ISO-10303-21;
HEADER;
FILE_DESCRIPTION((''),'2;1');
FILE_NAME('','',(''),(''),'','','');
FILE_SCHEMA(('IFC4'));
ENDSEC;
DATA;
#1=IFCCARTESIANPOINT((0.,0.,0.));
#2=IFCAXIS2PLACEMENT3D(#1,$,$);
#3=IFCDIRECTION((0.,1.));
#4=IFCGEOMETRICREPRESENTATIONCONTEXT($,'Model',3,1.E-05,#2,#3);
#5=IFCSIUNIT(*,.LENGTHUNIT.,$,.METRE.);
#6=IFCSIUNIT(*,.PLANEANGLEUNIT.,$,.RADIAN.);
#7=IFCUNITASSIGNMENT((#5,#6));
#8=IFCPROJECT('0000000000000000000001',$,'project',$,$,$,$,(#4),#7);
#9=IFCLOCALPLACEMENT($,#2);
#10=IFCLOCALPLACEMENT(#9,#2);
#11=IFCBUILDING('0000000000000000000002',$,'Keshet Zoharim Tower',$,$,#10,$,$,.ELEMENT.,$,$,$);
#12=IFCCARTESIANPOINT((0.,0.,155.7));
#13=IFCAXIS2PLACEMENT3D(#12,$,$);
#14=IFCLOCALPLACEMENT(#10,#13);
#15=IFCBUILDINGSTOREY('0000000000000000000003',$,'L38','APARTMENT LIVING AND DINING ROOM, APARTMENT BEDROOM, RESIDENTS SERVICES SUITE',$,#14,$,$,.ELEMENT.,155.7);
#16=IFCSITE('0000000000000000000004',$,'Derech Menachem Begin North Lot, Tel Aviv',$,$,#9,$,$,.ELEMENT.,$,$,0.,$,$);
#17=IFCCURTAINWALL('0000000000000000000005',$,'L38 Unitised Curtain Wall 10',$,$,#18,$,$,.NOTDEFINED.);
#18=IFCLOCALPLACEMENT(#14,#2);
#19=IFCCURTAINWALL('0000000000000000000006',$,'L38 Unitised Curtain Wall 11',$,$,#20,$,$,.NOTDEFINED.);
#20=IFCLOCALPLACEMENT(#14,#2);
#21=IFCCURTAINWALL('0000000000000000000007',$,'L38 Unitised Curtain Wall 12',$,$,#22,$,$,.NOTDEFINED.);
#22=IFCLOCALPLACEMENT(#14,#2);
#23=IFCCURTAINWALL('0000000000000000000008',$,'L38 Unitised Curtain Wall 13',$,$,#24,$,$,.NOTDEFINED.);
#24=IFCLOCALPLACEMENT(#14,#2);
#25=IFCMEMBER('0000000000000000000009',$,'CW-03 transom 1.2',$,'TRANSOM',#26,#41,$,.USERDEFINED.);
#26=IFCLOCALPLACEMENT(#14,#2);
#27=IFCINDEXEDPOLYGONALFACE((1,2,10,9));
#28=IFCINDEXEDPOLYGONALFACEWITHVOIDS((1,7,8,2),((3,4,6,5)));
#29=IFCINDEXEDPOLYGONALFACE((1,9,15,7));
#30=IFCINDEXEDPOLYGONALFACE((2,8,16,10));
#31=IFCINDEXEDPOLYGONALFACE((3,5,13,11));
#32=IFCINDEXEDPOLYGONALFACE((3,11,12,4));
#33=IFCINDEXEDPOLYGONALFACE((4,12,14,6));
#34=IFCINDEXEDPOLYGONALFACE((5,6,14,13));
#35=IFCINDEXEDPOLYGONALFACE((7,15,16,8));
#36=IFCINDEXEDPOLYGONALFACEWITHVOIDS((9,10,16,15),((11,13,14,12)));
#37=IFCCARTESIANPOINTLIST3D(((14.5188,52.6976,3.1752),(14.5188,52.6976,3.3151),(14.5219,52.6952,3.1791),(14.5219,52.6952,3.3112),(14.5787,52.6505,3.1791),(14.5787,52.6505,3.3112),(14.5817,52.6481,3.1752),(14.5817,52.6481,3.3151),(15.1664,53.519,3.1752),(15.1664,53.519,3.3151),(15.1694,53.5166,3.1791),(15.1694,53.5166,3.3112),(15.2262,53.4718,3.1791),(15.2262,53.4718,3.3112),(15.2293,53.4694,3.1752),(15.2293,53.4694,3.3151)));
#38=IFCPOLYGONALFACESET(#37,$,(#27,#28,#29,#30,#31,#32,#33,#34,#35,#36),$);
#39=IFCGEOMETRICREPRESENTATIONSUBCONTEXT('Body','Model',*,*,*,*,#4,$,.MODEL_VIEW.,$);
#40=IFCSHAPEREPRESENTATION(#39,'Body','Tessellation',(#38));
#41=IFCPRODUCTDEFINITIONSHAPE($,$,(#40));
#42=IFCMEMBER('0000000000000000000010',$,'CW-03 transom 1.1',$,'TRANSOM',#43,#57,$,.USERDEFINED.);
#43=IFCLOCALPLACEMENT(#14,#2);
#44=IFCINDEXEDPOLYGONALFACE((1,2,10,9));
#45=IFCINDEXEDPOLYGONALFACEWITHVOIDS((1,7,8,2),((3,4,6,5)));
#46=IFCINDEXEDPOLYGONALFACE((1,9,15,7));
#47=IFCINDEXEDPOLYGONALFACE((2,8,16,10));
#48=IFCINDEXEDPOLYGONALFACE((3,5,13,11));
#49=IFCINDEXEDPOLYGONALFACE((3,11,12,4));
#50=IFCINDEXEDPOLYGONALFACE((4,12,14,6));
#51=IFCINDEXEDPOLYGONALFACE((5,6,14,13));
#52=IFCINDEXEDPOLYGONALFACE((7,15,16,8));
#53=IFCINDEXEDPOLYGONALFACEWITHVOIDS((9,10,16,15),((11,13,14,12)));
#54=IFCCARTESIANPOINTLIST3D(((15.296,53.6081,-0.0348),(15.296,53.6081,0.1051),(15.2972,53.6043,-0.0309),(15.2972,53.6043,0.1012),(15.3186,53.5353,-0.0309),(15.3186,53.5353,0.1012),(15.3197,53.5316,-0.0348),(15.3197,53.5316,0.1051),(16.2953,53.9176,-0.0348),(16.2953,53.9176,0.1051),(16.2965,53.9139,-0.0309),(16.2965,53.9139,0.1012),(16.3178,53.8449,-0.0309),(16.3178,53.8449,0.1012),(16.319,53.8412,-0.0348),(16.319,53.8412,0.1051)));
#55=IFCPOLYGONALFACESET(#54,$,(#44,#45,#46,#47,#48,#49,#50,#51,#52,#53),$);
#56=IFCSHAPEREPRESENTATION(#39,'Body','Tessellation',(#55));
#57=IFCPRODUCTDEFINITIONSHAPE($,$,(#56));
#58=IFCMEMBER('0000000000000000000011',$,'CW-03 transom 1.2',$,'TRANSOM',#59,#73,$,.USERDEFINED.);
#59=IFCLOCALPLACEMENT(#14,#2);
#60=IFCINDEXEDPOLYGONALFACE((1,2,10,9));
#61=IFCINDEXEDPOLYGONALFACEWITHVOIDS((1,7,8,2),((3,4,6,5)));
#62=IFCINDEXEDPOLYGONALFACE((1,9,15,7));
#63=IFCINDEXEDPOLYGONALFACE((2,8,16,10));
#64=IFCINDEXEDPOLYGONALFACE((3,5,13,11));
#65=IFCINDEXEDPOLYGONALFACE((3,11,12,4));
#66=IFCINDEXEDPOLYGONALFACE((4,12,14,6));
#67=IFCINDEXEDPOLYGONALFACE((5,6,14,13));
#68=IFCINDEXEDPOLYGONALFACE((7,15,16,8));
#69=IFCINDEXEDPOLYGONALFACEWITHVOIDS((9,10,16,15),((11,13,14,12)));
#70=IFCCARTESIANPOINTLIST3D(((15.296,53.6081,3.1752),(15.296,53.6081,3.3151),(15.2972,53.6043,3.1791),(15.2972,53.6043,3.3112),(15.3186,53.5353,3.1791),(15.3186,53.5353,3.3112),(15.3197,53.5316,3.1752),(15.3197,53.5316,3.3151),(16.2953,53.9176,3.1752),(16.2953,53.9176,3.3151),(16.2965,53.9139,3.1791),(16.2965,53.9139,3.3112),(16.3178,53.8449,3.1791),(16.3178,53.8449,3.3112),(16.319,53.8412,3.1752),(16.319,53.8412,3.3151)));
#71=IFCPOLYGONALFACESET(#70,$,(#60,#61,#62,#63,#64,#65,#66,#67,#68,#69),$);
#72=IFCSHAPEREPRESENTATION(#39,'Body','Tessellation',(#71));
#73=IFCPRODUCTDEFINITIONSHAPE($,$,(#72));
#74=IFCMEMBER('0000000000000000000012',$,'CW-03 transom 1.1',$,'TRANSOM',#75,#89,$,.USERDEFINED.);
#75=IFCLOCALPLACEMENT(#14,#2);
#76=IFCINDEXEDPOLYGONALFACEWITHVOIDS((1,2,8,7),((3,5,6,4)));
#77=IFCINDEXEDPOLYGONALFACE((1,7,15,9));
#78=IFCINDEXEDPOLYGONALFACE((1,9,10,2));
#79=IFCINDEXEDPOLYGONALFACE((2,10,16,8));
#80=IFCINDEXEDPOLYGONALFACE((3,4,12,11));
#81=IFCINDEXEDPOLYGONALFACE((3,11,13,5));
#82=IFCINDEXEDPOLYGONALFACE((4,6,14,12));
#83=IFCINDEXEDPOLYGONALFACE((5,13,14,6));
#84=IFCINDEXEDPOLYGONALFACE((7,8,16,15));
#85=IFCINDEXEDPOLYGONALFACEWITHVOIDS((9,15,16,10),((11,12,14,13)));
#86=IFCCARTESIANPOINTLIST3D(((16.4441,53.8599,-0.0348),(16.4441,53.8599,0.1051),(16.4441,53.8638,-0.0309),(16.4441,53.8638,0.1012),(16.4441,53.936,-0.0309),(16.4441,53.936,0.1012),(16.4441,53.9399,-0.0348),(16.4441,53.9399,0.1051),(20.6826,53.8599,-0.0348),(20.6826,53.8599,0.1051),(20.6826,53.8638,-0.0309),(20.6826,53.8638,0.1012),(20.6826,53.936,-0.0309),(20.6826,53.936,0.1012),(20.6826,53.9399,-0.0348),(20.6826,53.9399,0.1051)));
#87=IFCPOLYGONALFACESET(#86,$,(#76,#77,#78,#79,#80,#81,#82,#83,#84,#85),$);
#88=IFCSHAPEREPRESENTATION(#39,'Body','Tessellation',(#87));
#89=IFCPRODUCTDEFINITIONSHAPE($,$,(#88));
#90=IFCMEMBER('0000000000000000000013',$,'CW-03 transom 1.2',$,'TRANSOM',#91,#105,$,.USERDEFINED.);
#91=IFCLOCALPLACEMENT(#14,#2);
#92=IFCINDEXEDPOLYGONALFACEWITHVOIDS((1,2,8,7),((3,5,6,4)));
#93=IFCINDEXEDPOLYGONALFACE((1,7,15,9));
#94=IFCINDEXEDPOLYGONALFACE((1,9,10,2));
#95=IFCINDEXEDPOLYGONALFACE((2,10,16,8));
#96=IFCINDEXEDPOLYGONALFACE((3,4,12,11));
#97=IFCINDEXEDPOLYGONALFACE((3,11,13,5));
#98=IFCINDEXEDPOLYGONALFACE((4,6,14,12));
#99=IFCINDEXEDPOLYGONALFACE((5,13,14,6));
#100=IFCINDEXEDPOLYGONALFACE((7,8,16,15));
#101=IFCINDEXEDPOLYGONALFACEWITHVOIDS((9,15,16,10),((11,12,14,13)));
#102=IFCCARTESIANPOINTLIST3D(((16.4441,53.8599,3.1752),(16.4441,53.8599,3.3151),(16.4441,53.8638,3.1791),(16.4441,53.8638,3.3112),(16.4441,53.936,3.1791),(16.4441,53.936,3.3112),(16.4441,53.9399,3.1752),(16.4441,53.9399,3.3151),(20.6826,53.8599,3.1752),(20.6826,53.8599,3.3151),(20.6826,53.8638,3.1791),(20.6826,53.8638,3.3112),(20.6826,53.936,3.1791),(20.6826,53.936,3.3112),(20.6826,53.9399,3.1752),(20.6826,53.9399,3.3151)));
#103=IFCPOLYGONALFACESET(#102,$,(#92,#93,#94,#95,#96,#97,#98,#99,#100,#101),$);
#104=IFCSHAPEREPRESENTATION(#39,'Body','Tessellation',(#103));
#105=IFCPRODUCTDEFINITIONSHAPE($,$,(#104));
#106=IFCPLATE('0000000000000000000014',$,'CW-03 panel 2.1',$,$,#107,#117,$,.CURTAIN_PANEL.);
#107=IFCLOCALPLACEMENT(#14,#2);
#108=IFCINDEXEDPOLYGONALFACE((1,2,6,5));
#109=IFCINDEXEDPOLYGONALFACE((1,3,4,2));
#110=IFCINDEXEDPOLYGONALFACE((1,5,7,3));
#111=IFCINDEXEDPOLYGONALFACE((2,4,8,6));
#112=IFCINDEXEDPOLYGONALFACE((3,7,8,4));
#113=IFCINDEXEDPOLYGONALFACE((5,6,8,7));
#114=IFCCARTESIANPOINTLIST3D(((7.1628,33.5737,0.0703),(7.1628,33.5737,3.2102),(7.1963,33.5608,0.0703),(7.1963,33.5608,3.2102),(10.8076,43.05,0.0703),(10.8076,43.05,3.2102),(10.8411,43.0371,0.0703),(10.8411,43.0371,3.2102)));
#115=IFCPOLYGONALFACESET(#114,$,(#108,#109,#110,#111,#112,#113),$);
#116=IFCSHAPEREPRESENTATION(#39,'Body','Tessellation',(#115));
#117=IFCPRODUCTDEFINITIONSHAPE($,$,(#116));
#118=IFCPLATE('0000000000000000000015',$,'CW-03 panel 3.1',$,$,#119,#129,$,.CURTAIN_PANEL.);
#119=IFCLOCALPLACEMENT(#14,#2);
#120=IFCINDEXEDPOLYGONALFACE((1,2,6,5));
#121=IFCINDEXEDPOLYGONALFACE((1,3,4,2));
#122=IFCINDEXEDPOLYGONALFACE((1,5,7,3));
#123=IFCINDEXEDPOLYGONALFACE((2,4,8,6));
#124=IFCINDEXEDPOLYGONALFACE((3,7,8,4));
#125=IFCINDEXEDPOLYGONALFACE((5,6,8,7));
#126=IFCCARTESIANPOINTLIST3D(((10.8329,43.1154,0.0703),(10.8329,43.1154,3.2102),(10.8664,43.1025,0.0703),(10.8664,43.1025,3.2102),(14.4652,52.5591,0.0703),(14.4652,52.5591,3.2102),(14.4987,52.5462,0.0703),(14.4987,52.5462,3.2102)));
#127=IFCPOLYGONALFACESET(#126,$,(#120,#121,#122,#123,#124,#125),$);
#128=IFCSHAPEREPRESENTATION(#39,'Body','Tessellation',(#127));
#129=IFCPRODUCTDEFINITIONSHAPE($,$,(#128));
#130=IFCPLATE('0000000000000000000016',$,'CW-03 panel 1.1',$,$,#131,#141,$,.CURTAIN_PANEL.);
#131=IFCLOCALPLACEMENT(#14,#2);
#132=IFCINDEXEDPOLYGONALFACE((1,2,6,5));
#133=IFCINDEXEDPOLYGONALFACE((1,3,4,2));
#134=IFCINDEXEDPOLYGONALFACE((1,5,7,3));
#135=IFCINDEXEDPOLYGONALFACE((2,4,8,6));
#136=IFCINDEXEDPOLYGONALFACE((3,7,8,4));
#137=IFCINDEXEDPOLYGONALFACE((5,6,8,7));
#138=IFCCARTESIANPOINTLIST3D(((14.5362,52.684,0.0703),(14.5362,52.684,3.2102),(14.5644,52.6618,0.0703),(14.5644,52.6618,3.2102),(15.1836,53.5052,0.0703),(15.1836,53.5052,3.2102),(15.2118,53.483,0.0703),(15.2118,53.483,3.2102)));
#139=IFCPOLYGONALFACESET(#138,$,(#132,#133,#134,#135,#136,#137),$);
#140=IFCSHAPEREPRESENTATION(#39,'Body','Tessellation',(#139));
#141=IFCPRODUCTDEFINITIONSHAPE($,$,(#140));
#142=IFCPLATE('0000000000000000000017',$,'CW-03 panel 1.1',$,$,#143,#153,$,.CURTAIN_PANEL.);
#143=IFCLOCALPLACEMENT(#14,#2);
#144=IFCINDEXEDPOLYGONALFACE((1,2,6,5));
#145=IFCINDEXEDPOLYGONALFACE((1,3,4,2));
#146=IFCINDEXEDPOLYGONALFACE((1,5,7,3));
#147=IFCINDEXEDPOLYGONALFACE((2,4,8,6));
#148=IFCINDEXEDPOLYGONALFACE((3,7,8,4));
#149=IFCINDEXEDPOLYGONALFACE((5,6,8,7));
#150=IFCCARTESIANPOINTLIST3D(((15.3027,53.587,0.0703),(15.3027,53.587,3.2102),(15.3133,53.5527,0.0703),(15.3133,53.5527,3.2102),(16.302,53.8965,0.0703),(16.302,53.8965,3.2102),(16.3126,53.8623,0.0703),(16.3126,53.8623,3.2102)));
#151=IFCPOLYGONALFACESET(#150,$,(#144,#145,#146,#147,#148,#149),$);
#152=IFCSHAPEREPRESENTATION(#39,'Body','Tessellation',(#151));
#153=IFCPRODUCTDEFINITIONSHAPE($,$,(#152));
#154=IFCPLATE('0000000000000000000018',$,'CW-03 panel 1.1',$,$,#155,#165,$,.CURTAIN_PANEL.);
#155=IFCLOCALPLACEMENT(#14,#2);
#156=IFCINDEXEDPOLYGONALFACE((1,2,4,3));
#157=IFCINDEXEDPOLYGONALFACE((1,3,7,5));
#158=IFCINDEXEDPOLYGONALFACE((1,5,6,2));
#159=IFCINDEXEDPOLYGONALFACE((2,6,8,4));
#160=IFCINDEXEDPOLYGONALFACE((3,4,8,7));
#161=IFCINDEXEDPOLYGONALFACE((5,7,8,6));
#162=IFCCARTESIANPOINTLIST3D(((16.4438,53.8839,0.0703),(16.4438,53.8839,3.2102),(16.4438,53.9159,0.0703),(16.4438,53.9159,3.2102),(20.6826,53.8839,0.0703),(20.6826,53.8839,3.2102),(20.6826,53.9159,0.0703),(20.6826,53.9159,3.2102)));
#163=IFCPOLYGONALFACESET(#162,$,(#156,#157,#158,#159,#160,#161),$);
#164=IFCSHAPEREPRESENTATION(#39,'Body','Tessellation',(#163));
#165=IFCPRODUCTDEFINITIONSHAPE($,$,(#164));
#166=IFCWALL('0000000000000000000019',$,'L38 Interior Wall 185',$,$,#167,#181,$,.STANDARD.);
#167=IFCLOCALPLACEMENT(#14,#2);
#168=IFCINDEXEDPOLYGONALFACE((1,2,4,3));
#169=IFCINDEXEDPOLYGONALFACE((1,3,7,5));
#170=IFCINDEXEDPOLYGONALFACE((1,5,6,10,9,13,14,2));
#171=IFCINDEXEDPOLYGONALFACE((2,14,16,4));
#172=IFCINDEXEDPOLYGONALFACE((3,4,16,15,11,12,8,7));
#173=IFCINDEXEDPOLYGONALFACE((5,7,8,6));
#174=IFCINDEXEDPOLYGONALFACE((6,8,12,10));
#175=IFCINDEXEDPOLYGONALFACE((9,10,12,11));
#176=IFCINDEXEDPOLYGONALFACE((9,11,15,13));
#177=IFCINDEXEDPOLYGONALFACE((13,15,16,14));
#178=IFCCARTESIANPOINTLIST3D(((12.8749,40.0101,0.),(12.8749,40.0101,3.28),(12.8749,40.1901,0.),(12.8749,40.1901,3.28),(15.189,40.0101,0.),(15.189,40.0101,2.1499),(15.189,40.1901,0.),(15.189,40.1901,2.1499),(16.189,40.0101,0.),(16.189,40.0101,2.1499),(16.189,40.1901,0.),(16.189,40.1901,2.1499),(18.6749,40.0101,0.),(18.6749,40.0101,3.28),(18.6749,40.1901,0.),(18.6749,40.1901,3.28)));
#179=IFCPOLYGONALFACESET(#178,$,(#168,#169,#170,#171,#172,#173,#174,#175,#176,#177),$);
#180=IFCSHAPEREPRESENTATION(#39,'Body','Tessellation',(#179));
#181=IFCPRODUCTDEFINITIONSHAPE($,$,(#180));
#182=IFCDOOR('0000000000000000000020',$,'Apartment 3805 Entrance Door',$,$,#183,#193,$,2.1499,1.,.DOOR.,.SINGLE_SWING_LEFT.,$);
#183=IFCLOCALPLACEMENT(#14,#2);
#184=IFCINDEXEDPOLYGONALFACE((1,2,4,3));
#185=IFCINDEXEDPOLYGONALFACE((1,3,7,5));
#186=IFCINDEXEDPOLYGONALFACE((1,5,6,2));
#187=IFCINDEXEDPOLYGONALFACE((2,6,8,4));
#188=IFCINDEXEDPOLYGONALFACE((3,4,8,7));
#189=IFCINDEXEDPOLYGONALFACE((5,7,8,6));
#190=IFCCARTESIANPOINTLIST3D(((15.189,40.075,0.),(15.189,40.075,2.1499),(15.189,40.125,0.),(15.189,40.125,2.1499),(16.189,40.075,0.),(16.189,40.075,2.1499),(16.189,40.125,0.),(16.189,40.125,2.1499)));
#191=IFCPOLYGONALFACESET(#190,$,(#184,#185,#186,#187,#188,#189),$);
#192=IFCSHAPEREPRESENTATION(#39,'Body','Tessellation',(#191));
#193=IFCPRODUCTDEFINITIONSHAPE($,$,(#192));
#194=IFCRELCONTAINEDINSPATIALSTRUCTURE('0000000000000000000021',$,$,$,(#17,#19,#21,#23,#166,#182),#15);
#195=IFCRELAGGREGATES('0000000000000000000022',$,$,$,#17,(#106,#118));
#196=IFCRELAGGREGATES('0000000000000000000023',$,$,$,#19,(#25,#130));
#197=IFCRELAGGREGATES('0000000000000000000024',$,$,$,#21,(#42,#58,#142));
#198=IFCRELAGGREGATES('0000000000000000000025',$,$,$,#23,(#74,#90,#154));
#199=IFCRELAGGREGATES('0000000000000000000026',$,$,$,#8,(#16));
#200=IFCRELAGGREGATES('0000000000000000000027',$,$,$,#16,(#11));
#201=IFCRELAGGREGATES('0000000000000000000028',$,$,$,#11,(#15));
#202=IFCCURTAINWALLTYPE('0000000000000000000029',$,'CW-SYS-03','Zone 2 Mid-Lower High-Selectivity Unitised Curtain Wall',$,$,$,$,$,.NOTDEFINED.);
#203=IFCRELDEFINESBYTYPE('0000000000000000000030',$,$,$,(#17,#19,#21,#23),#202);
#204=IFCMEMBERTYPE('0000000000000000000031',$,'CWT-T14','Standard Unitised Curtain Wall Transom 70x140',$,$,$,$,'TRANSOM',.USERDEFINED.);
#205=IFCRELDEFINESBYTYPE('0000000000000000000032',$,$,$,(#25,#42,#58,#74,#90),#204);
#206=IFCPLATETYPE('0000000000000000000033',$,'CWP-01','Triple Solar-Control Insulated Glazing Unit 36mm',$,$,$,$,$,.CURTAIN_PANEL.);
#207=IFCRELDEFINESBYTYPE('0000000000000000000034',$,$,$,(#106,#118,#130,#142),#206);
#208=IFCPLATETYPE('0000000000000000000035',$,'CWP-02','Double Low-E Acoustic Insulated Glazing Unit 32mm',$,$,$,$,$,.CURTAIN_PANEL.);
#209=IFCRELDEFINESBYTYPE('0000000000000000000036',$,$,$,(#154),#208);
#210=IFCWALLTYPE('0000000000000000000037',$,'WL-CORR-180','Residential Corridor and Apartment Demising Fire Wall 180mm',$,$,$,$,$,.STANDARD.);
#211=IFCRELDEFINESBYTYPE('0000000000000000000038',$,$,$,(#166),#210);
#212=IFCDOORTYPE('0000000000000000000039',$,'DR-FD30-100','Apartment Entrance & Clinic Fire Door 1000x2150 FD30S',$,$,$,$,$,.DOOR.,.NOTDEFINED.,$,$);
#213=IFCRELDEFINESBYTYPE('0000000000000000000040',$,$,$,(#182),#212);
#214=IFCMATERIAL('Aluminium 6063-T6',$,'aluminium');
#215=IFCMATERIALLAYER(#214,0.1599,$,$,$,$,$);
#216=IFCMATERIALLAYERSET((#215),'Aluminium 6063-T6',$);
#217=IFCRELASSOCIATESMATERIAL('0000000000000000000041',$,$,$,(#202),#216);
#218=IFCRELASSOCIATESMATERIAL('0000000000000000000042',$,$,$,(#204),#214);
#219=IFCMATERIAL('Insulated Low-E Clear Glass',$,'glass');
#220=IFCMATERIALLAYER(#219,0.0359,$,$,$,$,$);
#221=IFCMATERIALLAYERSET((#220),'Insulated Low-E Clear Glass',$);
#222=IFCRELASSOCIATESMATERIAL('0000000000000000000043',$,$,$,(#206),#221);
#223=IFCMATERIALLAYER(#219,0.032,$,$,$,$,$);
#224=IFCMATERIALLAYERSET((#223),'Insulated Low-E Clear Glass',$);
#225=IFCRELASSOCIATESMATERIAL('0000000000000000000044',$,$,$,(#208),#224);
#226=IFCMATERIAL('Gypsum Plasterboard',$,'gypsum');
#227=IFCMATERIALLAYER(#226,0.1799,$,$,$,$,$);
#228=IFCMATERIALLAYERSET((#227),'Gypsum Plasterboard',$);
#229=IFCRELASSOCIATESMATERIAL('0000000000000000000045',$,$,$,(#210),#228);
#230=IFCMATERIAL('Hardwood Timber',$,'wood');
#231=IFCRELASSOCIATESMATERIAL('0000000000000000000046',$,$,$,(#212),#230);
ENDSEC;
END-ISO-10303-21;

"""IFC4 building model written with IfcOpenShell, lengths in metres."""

from ifc_helpers import new_model, si_unit, direction, frame, frame_2d, origin, origin_2d, place, context, subcontext, project, spatial, rectangle, hollow_rectangle, extrude, material, layer, layer_set, material_profile, profile_set, type_object, element, fill, aggregate, save


model = new_model("IFC4")

# Units and contexts
model_context = context("Model", 3, precision=1e-05, world=origin(), true_north=direction((0.0, 1.0)))
body_context = subcontext(model_context, "Body", "Model", "MODEL_VIEW")
ifc_project = project(units=[si_unit("LENGTHUNIT", "METRE"), si_unit("PLANEANGLEUNIT", "RADIAN")], contexts=[model_context])

# Site, building, storey
site_placement = place(None, origin())
site = spatial("IfcSite", under=ifc_project, at=site_placement, Name="Derech Menachem Begin North Lot, Tel Aviv", CompositionType="ELEMENT", RefElevation=0.0)
building_placement = place(site_placement, origin())
building = spatial("IfcBuilding", under=site, at=building_placement, Name="Keshet Zoharim Tower", CompositionType="ELEMENT")
storey_placement = place(building_placement, frame((0.0, 0.0, 155.7)))
storey = spatial("IfcBuildingStorey", under=building, at=storey_placement, Name="L38", Description="APARTMENT LIVING AND DINING ROOM, APARTMENT BEDROOM, RESIDENTS SERVICES SUITE", CompositionType="ELEMENT", Elevation=155.7)

# Curtain walls
ifc_material_1 = material(Name="Aluminium 6063-T6", Category="aluminium")
ifc_layer_1 = layer(ifc_material_1, 0.1599)
ifc_layer_set_1 = layer_set([ifc_layer_1], Name="Aluminium 6063-T6")
curtain_wall_type = type_object("IfcCurtainWallType", Name="CW-SYS-03", Description="Zone 2 Mid-Lower High-Selectivity Unitised Curtain Wall", PredefinedType="NOTDEFINED", material=ifc_layer_set_1)
curtain_wall_1_placement = place(storey_placement, origin())
curtain_wall_1 = element("IfcCurtainWall", 1, at=curtain_wall_1_placement, inside=storey, type_object=curtain_wall_type, Name="L38 Unitised Curtain Wall 10", PredefinedType="NOTDEFINED")
curtain_wall_2_placement = place(storey_placement, origin())
curtain_wall_2 = element("IfcCurtainWall", 2, at=curtain_wall_2_placement, inside=storey, type_object=curtain_wall_type, Name="L38 Unitised Curtain Wall 11", PredefinedType="NOTDEFINED")
curtain_wall_3_placement = place(storey_placement, origin())
curtain_wall_3 = element("IfcCurtainWall", 3, at=curtain_wall_3_placement, inside=storey, type_object=curtain_wall_type, Name="L38 Unitised Curtain Wall 12", PredefinedType="NOTDEFINED")
curtain_wall_4_placement = place(storey_placement, origin())
curtain_wall_4 = element("IfcCurtainWall", 4, at=curtain_wall_4_placement, inside=storey, type_object=curtain_wall_type, Name="L38 Unitised Curtain Wall 13", PredefinedType="NOTDEFINED")

# Members
ifc_material_profile_1 = material_profile(ifc_material_1, hollow_rectangle(XDim=0.0801, YDim=0.1399, WallThickness=0.0039, at=origin_2d()), Name="TRN-80x140")
ifc_profile_set_1 = profile_set([ifc_material_profile_1], Name="Aluminium 6063-T6")
member_type_1 = type_object("IfcMemberType", Name="CWT-T14", Description="Standard Unitised Curtain Wall Transom 70x140", ElementType="TRANSOM", PredefinedType="USERDEFINED", material=ifc_profile_set_1)
member_1_placement = place(storey_placement, frame((14.5503, 52.6729, 3.2451), z_axis=(0.619099, 0.785313, 0.0), x_axis=(-0.785313, 0.619099, 0.0)))
member_1 = element("IfcMember", 5, at=member_1_placement, type_object=member_type_1, Name="CW-03 transom 1.2", ObjectType="TRANSOM", PredefinedType="USERDEFINED", context=body_context, shape_type="SweptSolid", body=[
    extrude(hollow_rectangle(XDim=0.0801, YDim=0.1399, WallThickness=0.0039, at=origin_2d()), origin(), (0.0, 0.0, 1.0), 1.0459),
])
member_2_placement = place(storey_placement, frame((15.3079, 53.5698, 0.0352), z_axis=(0.955212, 0.295922, 0.0), x_axis=(-0.295922, 0.955212, 0.0)))
member_2 = element("IfcMember", 6, at=member_2_placement, type_object=member_type_1, Name="CW-03 transom 1.1", ObjectType="TRANSOM", PredefinedType="USERDEFINED", context=body_context, shape_type="SweptSolid", body=[
    extrude(hollow_rectangle(XDim=0.0801, YDim=0.1399, WallThickness=0.0039, at=origin_2d()), origin(), (0.0, 0.0, 1.0), 1.0461),
])
member_3_placement = place(storey_placement, frame((15.3079, 53.5698, 3.2451), z_axis=(0.955212, 0.295922, 0.0), x_axis=(-0.295922, 0.955212, 0.0)))
member_3 = element("IfcMember", 7, at=member_3_placement, type_object=member_type_1, Name="CW-03 transom 1.2", ObjectType="TRANSOM", PredefinedType="USERDEFINED", context=body_context, shape_type="SweptSolid", body=[
    extrude(hollow_rectangle(XDim=0.0801, YDim=0.1399, WallThickness=0.0039, at=origin_2d()), origin(), (0.0, 0.0, 1.0), 1.0461),
])
member_4_placement = place(storey_placement, frame((16.4441, 53.8999, 0.0352), z_axis=(1.0, 0.0, 0.0), x_axis=(0.0, 1.0, 0.0)))
member_4 = element("IfcMember", 8, at=member_4_placement, type_object=member_type_1, Name="CW-03 transom 1.1", ObjectType="TRANSOM", PredefinedType="USERDEFINED", context=body_context, shape_type="SweptSolid", body=[
    extrude(hollow_rectangle(XDim=0.0801, YDim=0.1399, WallThickness=0.0039, at=origin_2d()), origin(), (0.0, 0.0, 1.0), 4.2385),
])
member_5_placement = place(storey_placement, frame((16.4441, 53.8999, 3.2451), z_axis=(1.0, 0.0, 0.0), x_axis=(0.0, 1.0, 0.0)))
member_5 = element("IfcMember", 9, at=member_5_placement, type_object=member_type_1, Name="CW-03 transom 1.2", ObjectType="TRANSOM", PredefinedType="USERDEFINED", context=body_context, shape_type="SweptSolid", body=[
    extrude(hollow_rectangle(XDim=0.0801, YDim=0.1399, WallThickness=0.0039, at=origin_2d()), origin(), (0.0, 0.0, 1.0), 4.2385),
])

# Plates
ifc_material_2 = material(Name="Insulated Low-E Clear Glass", Category="glass")
ifc_layer_2 = layer(ifc_material_2, 0.0359)
ifc_layer_set_2 = layer_set([ifc_layer_2], Name="Insulated Low-E Clear Glass")
plate_type_1 = type_object("IfcPlateType", Name="CWP-01", Description="Triple Solar-Control Insulated Glazing Unit 36mm", PredefinedType="CURTAIN_PANEL", material=ifc_layer_set_2)
plate_1_placement = place(storey_placement, frame((9.002, 38.3054, 0.0703), z_axis=(0.0, 0.0, 1.0), x_axis=(0.35899, 0.933341, 0.0)))
plate_1 = element("IfcPlate", 10, at=plate_1_placement, type_object=plate_type_1, Name="CW-03 panel 2.1", PredefinedType="CURTAIN_PANEL", context=body_context, shape_type="SweptSolid", body=[
    extrude(rectangle(XDim=10.1531, YDim=0.0359, at=origin_2d()), origin(), (0.0, 0.0, 1.0), 3.1399),
])
plate_2_placement = place(storey_placement, frame((12.6658, 47.8308, 0.0703), z_axis=(0.0, 0.0, 1.0), x_axis=(0.35899, 0.933341, 0.0)))
plate_2 = element("IfcPlate", 11, at=plate_2_placement, type_object=plate_type_1, Name="CW-03 panel 3.1", PredefinedType="CURTAIN_PANEL", context=body_context, shape_type="SweptSolid", body=[
    extrude(rectangle(XDim=10.1182, YDim=0.0359, at=origin_2d()), origin(), (0.0, 0.0, 1.0), 3.1399),
])
aggregate(curtain_wall_1, [plate_1, plate_2])
plate_3_placement = place(storey_placement, frame((14.874, 53.0835, 0.0703), z_axis=(0.0, 0.0, 1.0), x_axis=(0.619125, 0.785293, 0.0)))
plate_3 = element("IfcPlate", 12, at=plate_3_placement, type_object=plate_type_1, Name="CW-03 panel 1.1", PredefinedType="CURTAIN_PANEL", context=body_context, shape_type="SweptSolid", body=[
    extrude(rectangle(XDim=1.0457, YDim=0.0359, at=origin_2d()), origin(), (0.0, 0.0, 1.0), 3.1399),
])
aggregate(curtain_wall_2, [member_1, plate_3])
plate_4_placement = place(storey_placement, frame((15.8076, 53.7246, 0.0703), z_axis=(0.0, 0.0, 1.0), x_axis=(0.955212, 0.295922, 0.0)))
plate_4 = element("IfcPlate", 13, at=plate_4_placement, type_object=plate_type_1, Name="CW-03 panel 1.1", PredefinedType="CURTAIN_PANEL", context=body_context, shape_type="SweptSolid", body=[
    extrude(rectangle(XDim=1.0461, YDim=0.0359, at=origin_2d()), origin(), (0.0, 0.0, 1.0), 3.1399),
])
aggregate(curtain_wall_3, [member_2, member_3, plate_4])
ifc_layer_3 = layer(ifc_material_2, 0.032)
ifc_layer_set_3 = layer_set([ifc_layer_3], Name="Insulated Low-E Clear Glass")
plate_type_2 = type_object("IfcPlateType", Name="CWP-02", Description="Double Low-E Acoustic Insulated Glazing Unit 32mm", PredefinedType="CURTAIN_PANEL", material=ifc_layer_set_3)
plate_5_placement = place(storey_placement, frame((18.5632, 53.8999, 0.0703), z_axis=(0.0, 0.0, 1.0), x_axis=(1.0, 0.0, 0.0)))
plate_5 = element("IfcPlate", 14, at=plate_5_placement, type_object=plate_type_2, Name="CW-03 panel 1.1", PredefinedType="CURTAIN_PANEL", context=body_context, shape_type="SweptSolid", body=[
    extrude(rectangle(XDim=4.2388, YDim=0.032, at=origin_2d()), origin(), (0.0, 0.0, 1.0), 3.1399),
])
aggregate(curtain_wall_4, [member_4, member_5, plate_5])

# Wall, opening, door
ifc_material_3 = material(Name="Gypsum Plasterboard", Category="gypsum")
ifc_layer_4 = layer(ifc_material_3, 0.1799)
ifc_layer_set_4 = layer_set([ifc_layer_4], Name="Gypsum Plasterboard")
wall_type_1 = type_object("IfcWallType", Name="WL-CORR-180", Description="Residential Corridor and Apartment Demising Fire Wall 180mm", PredefinedType="STANDARD", material=ifc_layer_set_4)
wall_1_placement = place(storey_placement, frame((12.875, 40.1001, 0.0), z_axis=(0.0, 0.0, 1.0), x_axis=(1.0, 0.0, 0.0)))
wall_1 = element("IfcWall", 15, at=wall_1_placement, inside=storey, type_object=wall_type_1, Name="L38 Interior Wall 185", PredefinedType="STANDARD", context=body_context, shape_type="SweptSolid", body=[
    extrude(rectangle(XDim=5.8, YDim=0.1799, at=frame_2d((2.8999, 0.0))), origin(), (0.0, 0.0, 1.0), 3.28),
])
opening_1_placement = place(wall_1_placement, frame((2.314, 0.0, 0.0)))
opening_1 = element("IfcOpeningElement", 16, at=opening_1_placement, cuts=wall_1, PredefinedType="OPENING", context=body_context, shape_type="SweptSolid", body=[
    extrude(rectangle(XDim=1.0, YDim=2.1499, at=frame_2d((0.5, 1.075))), frame((0.0, 0.1001, 0.0), z_axis=(0.0, -1.0, 0.0), x_axis=(1.0, 0.0, 0.0)), (0.0, 0.0, 1.0), 0.2),
])
ifc_material_4 = material(Name="Hardwood Timber", Category="wood")
door_type_1 = type_object("IfcDoorType", Name="DR-FD30-100", Description="Apartment Entrance & Clinic Fire Door 1000x2150 FD30S", OperationType="NOTDEFINED", PredefinedType="DOOR", material=ifc_material_4)
door_1_placement = place(opening_1_placement, origin())
door_1 = element("IfcDoor", 17, at=door_1_placement, inside=storey, type_object=door_type_1, Name="Apartment 3805 Entrance Door", OperationType="SINGLE_SWING_LEFT", OverallHeight=2.1499, OverallWidth=1.0, PredefinedType="DOOR", context=body_context, shape_type="SweptSolid", body=[
    extrude(rectangle(XDim=1.0, YDim=2.1499, at=frame_2d((0.5, 1.075))), frame((0.0, 0.0249, 0.0), z_axis=(0.0, -1.0, 0.0), x_axis=(1.0, 0.0, 0.0)), (0.0, 0.0, 1.0), 0.05),
])
fill(opening_1, door_1)

save(model, "model.ifc")
